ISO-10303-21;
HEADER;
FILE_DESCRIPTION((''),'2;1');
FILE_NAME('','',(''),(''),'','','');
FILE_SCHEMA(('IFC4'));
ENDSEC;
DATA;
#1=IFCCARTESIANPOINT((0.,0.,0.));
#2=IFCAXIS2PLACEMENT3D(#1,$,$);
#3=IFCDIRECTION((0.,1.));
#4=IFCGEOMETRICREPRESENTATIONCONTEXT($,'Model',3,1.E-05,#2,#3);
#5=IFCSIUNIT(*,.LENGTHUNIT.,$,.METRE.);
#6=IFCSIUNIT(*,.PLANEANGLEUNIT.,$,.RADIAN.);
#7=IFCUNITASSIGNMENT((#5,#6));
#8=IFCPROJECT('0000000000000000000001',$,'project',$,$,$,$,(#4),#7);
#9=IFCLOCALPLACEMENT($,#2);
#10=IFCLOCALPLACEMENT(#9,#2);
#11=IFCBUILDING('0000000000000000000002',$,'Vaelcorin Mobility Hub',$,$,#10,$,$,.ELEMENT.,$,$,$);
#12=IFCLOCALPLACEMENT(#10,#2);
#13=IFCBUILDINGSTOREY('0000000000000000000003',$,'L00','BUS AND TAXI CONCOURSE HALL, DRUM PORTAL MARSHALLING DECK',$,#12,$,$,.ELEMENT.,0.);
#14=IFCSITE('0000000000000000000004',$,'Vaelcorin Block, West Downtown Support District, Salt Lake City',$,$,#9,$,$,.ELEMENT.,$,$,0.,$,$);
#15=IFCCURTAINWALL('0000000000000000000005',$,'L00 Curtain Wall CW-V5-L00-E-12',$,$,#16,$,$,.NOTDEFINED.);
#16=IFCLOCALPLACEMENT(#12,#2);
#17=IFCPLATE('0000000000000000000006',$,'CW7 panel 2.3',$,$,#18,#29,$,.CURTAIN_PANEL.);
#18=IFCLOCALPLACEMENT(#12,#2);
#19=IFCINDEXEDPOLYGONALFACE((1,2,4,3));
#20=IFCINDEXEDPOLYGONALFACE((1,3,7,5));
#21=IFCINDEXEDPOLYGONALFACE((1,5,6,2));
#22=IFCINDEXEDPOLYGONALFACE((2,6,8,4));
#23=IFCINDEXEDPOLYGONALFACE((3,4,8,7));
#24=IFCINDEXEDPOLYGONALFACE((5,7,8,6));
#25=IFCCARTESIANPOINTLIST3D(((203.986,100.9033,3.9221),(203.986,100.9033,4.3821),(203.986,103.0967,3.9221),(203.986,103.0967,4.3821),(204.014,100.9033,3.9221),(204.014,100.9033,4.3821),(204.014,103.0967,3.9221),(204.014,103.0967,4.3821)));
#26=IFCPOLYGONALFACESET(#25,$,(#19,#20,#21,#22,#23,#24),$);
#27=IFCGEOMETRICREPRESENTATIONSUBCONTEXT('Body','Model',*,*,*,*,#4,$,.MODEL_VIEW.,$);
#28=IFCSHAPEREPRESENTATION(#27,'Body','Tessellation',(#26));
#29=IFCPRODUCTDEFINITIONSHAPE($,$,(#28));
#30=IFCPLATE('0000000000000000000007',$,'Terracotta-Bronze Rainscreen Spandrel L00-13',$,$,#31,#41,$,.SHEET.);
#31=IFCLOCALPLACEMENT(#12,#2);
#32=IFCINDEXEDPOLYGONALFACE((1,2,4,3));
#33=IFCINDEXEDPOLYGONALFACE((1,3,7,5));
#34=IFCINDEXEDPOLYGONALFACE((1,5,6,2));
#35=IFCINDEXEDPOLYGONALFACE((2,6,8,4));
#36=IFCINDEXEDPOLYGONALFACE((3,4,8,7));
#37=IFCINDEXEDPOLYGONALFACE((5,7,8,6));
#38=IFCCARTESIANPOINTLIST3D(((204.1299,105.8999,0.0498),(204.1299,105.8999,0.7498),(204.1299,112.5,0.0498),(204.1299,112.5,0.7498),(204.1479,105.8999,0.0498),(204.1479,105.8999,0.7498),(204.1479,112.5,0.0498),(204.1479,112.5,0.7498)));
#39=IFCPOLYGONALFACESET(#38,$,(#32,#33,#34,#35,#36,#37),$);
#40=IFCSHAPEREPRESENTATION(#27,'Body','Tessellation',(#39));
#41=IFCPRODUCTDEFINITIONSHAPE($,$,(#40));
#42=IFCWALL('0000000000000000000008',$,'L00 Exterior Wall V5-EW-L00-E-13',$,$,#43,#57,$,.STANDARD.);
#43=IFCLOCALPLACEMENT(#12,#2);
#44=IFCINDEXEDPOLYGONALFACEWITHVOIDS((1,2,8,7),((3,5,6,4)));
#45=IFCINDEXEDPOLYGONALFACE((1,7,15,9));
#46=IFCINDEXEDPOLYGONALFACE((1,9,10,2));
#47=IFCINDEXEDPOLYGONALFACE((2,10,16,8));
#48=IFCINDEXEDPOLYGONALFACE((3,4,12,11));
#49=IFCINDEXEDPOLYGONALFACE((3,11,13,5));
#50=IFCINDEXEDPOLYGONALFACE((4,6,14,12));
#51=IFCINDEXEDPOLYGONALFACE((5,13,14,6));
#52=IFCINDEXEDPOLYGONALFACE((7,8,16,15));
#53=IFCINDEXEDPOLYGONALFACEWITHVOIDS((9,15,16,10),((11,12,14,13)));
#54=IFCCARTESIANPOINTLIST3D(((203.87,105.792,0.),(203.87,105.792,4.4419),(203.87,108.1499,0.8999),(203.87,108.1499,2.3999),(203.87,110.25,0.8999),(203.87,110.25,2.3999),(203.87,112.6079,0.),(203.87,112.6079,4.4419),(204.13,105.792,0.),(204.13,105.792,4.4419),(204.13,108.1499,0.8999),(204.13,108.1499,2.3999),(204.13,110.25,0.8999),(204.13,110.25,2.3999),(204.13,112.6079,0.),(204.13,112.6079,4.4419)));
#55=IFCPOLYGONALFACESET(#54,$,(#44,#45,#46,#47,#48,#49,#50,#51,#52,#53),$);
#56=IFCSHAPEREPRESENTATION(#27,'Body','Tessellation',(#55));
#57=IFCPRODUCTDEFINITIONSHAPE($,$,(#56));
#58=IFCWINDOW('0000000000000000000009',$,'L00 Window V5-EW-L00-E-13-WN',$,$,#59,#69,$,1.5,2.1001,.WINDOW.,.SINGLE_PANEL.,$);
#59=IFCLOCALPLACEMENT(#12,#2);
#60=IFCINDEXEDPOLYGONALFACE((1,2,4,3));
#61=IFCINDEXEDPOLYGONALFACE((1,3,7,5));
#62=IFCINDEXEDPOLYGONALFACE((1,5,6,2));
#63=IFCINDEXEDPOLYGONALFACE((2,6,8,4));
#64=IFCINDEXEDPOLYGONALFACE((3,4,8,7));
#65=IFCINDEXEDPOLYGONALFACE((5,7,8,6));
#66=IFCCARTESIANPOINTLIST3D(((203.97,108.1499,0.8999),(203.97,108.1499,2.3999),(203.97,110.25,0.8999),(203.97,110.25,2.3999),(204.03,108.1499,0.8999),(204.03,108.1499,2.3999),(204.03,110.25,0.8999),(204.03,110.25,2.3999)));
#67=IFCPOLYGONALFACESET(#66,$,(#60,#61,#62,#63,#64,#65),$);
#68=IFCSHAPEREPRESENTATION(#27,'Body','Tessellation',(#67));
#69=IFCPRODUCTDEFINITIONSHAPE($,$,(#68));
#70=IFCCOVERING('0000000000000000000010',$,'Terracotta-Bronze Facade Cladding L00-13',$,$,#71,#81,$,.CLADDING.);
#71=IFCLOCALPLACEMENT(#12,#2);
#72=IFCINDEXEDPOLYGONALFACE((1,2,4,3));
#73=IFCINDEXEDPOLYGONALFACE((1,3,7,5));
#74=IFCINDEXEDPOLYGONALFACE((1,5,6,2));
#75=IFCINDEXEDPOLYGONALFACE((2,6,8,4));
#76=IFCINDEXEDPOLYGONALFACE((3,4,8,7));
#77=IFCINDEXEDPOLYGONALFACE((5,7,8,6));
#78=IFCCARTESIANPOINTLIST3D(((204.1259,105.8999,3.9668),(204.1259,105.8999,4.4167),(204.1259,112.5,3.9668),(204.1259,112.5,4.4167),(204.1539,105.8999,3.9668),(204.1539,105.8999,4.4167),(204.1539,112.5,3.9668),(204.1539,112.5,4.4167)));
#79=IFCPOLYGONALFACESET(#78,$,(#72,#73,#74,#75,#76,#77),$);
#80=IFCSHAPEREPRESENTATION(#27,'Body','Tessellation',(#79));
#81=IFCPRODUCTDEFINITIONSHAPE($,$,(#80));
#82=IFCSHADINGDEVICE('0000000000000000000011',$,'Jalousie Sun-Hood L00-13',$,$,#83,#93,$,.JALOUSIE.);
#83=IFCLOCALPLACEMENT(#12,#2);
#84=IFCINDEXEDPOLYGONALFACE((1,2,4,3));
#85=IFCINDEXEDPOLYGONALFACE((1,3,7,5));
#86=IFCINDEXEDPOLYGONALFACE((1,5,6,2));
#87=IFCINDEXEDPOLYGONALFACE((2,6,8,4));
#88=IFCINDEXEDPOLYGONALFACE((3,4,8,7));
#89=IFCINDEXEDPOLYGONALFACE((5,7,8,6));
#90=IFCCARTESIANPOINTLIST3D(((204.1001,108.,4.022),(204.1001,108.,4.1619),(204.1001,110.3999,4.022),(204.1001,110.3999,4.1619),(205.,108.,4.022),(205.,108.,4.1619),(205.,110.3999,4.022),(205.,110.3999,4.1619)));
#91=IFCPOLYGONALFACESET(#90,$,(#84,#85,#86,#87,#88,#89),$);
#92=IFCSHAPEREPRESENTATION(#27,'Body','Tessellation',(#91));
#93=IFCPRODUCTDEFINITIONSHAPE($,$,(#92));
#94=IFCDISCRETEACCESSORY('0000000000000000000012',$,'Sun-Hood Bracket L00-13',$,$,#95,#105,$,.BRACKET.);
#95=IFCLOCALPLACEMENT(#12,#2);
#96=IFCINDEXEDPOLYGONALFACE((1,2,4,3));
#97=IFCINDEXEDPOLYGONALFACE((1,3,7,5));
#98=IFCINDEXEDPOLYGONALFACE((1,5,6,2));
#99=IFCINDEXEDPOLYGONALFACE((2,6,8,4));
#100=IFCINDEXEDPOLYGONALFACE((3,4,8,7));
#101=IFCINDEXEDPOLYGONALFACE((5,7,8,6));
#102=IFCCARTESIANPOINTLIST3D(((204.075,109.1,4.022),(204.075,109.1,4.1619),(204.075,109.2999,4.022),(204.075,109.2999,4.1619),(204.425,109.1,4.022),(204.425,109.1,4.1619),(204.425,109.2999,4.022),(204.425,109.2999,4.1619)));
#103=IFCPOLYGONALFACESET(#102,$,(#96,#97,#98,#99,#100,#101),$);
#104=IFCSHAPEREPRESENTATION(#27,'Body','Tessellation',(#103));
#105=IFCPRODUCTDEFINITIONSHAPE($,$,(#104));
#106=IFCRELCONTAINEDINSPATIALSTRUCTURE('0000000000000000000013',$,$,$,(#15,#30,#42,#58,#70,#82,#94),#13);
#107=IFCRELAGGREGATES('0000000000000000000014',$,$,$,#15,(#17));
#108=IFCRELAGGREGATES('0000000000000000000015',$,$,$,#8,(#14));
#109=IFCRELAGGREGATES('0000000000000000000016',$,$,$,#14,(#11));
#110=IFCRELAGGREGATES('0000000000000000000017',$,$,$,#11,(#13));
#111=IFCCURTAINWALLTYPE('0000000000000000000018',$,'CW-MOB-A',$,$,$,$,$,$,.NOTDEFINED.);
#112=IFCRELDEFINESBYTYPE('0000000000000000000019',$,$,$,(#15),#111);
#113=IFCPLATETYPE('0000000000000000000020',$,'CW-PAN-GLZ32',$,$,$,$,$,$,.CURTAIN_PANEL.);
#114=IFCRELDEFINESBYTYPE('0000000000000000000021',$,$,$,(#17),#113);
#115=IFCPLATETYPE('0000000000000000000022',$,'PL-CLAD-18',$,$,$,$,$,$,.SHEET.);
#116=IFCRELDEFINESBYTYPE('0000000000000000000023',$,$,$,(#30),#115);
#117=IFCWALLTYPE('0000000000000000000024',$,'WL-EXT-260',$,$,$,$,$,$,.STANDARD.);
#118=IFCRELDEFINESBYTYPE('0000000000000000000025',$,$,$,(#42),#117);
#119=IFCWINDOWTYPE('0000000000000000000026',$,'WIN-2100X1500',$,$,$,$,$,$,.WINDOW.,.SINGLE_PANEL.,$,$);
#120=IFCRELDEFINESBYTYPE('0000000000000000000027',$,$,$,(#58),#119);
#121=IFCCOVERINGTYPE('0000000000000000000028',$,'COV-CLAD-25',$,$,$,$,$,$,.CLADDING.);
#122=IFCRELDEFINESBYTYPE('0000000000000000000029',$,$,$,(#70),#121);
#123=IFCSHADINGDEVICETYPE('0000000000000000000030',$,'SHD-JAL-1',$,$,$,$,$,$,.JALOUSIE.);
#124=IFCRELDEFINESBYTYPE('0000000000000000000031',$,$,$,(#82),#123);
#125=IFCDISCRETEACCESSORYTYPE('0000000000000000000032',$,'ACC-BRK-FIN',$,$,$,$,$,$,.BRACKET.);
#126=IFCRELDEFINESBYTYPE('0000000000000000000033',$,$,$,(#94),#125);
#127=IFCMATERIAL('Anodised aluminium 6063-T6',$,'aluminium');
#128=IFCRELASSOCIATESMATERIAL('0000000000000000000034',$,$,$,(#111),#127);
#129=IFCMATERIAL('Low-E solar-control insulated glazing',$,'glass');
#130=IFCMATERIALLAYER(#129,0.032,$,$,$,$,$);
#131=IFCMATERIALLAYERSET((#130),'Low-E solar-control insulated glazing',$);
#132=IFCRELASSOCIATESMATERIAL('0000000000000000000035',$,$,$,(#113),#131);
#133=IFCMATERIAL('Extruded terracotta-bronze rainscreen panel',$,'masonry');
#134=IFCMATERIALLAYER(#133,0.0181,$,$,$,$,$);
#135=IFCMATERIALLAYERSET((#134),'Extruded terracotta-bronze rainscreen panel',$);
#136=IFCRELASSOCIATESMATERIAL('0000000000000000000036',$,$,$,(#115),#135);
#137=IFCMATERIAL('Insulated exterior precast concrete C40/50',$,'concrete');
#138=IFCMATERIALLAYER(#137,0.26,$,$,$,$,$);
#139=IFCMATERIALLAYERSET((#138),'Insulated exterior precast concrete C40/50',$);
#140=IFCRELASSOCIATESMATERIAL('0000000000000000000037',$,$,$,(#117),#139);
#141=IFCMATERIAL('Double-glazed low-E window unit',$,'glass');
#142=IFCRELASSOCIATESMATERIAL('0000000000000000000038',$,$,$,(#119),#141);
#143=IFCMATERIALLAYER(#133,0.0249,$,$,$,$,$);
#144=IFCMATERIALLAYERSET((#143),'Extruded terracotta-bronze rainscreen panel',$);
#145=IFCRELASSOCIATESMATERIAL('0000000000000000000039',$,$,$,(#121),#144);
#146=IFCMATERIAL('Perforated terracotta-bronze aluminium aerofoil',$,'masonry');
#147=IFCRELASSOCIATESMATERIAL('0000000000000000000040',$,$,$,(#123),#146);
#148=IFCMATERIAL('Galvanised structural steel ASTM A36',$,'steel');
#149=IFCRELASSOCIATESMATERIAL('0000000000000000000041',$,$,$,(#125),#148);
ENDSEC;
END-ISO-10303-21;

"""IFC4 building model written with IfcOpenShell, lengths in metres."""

from ifc_helpers import new_model, si_unit, direction, frame, frame_2d, origin, origin_2d, place, context, subcontext, project, spatial, rectangle, extrude, material, layer, layer_set, type_object, element, fill, aggregate, save


model = new_model("IFC4")

# Units and contexts
model_context = context("Model", 3, precision=1e-05, world=origin(), true_north=direction((0.0, 1.0)))
body_context = subcontext(model_context, "Body", "Model", "MODEL_VIEW")
ifc_project = project(units=[si_unit("LENGTHUNIT", "METRE"), si_unit("PLANEANGLEUNIT", "RADIAN")], contexts=[model_context])

# Site, building, storey
site_placement = place(None, origin())
site = spatial("IfcSite", under=ifc_project, at=site_placement, Name="Vaelcorin Block, West Downtown Support District, Salt Lake City", CompositionType="ELEMENT", RefElevation=0.0)
building_placement = place(site_placement, origin())
building = spatial("IfcBuilding", under=site, at=building_placement, Name="Vaelcorin Mobility Hub", CompositionType="ELEMENT")
storey_placement = place(building_placement, origin())
storey = spatial("IfcBuildingStorey", under=building, at=storey_placement, Name="L00", Description="BUS AND TAXI CONCOURSE HALL, DRUM PORTAL MARSHALLING DECK", CompositionType="ELEMENT", Elevation=0.0)

# Curtain wall
ifc_material_1 = material(Name="Anodised aluminium 6063-T6", Category="aluminium")
curtain_wall_type = type_object("IfcCurtainWallType", Name="CW-MOB-A", PredefinedType="NOTDEFINED", material=ifc_material_1)
curtain_wall_1_placement = place(storey_placement, origin())
curtain_wall_1 = element("IfcCurtainWall", 1, at=curtain_wall_1_placement, inside=storey, type_object=curtain_wall_type, Name="L00 Curtain Wall CW-V5-L00-E-12", PredefinedType="NOTDEFINED")

# Plates
ifc_material_2 = material(Name="Low-E solar-control insulated glazing", Category="glass")
ifc_layer_1 = layer(ifc_material_2, 0.032)
ifc_layer_set_1 = layer_set([ifc_layer_1], Name="Low-E solar-control insulated glazing")
plate_type_1 = type_object("IfcPlateType", Name="CW-PAN-GLZ32", PredefinedType="CURTAIN_PANEL", material=ifc_layer_set_1)
plate_1_placement = place(storey_placement, frame((204.0, 102.0, 3.9221), z_axis=(0.0, 0.0, 1.0), x_axis=(0.0, -1.0, 0.0)))
plate_1 = element("IfcPlate", 2, at=plate_1_placement, type_object=plate_type_1, Name="CW7 panel 2.3", PredefinedType="CURTAIN_PANEL", context=body_context, shape_type="SweptSolid", body=[
    extrude(rectangle(XDim=2.1934, YDim=0.0281, at=origin_2d()), origin(), (0.0, 0.0, 1.0), 0.46),
])
aggregate(curtain_wall_1, [plate_1])
ifc_material_3 = material(Name="Extruded terracotta-bronze rainscreen panel", Category="masonry")
ifc_layer_2 = layer(ifc_material_3, 0.0181)
ifc_layer_set_2 = layer_set([ifc_layer_2], Name="Extruded terracotta-bronze rainscreen panel")
plate_type_2 = type_object("IfcPlateType", Name="PL-CLAD-18", PredefinedType="SHEET", material=ifc_layer_set_2)
plate_2_placement = place(storey_placement, frame((204.1389, 109.2, 0.0498), z_axis=(0.0, 0.0, 1.0), x_axis=(1.0, 0.0, 0.0)))
element("IfcPlate", 3, at=plate_2_placement, inside=storey, type_object=plate_type_2, Name="Terracotta-Bronze Rainscreen Spandrel L00-13", PredefinedType="SHEET", context=body_context, shape_type="SweptSolid", body=[
    extrude(rectangle(XDim=0.0181, YDim=6.6001, at=origin_2d()), origin(), (0.0, 0.0, 1.0), 0.7),
])

# Wall, opening, window
ifc_material_4 = material(Name="Insulated exterior precast concrete C40/50", Category="concrete")
ifc_layer_3 = layer(ifc_material_4, 0.26)
ifc_layer_set_3 = layer_set([ifc_layer_3], Name="Insulated exterior precast concrete C40/50")
wall_type = type_object("IfcWallType", Name="WL-EXT-260", PredefinedType="STANDARD", material=ifc_layer_set_3)
wall_placement = place(storey_placement, frame((204.0, 112.6079, 0.0), z_axis=(0.0, 0.0, 1.0), x_axis=(0.0, -1.0, 0.0)))
wall = element("IfcWall", 4, at=wall_placement, inside=storey, type_object=wall_type, Name="L00 Exterior Wall V5-EW-L00-E-13", PredefinedType="STANDARD", context=body_context, shape_type="SweptSolid", body=[
    extrude(rectangle(XDim=6.8159, YDim=0.26, at=frame_2d((3.408, 0.0))), origin(), (0.0, 0.0, 1.0), 4.4419),
])
opening_placement = place(wall_placement, frame((2.3579, 0.0, 0.8999)))
opening = element("IfcOpeningElement", 5, at=opening_placement, cuts=wall, PredefinedType="OPENING", context=body_context, shape_type="SweptSolid", body=[
    extrude(rectangle(XDim=2.1001, YDim=1.5, at=frame_2d((1.05, 0.75))), frame((0.0, 0.1399, 0.0), z_axis=(0.0, -1.0, 0.0), x_axis=(1.0, 0.0, 0.0)), (0.0, 0.0, 1.0), 0.28),
])
ifc_material_5 = material(Name="Double-glazed low-E window unit", Category="glass")
window_type = type_object("IfcWindowType", Name="WIN-2100X1500", PartitioningType="SINGLE_PANEL", PredefinedType="WINDOW", material=ifc_material_5)
window_placement = place(opening_placement, origin())
window = element("IfcWindow", 6, at=window_placement, inside=storey, type_object=window_type, Name="L00 Window V5-EW-L00-E-13-WN", OverallHeight=1.5, OverallWidth=2.1001, PartitioningType="SINGLE_PANEL", PredefinedType="WINDOW", context=body_context, shape_type="SweptSolid", body=[
    extrude(rectangle(XDim=2.1001, YDim=1.5, at=frame_2d((1.05, 0.75))), frame((0.0, 0.03, 0.0), z_axis=(0.0, -1.0, 0.0), x_axis=(1.0, 0.0, 0.0)), (0.0, 0.0, 1.0), 0.0601),
])
fill(opening, window)

# Covering
ifc_layer_4 = layer(ifc_material_3, 0.0249)
ifc_layer_set_4 = layer_set([ifc_layer_4], Name="Extruded terracotta-bronze rainscreen panel")
covering_type = type_object("IfcCoveringType", Name="COV-CLAD-25", PredefinedType="CLADDING", material=ifc_layer_set_4)
covering_placement = place(storey_placement, frame((204.1399, 109.2, 3.9668), z_axis=(0.0, 0.0, 1.0), x_axis=(1.0, 0.0, 0.0)))
element("IfcCovering", 7, at=covering_placement, inside=storey, type_object=covering_type, Name="Terracotta-Bronze Facade Cladding L00-13", PredefinedType="CLADDING", context=body_context, shape_type="SweptSolid", body=[
    extrude(rectangle(XDim=0.0281, YDim=6.6001, at=origin_2d()), origin(), (0.0, 0.0, 1.0), 0.45),
])

# Shading device
ifc_material_6 = material(Name="Perforated terracotta-bronze aluminium aerofoil", Category="masonry")
shading_device_type = type_object("IfcShadingDeviceType", Name="SHD-JAL-1", PredefinedType="JALOUSIE", material=ifc_material_6)
shading_device_placement = place(storey_placement, frame((204.55, 109.2, 4.022), z_axis=(0.0, 0.0, 1.0), x_axis=(1.0, 0.0, 0.0)))
element("IfcShadingDevice", 8, at=shading_device_placement, inside=storey, type_object=shading_device_type, Name="Jalousie Sun-Hood L00-13", PredefinedType="JALOUSIE", context=body_context, shape_type="SweptSolid", body=[
    extrude(rectangle(XDim=0.8999, YDim=2.3999, at=origin_2d()), origin(), (0.0, 0.0, 1.0), 0.1399),
])

# Discrete accessory
ifc_material_7 = material(Name="Galvanised structural steel ASTM A36", Category="steel")
discrete_accessory_type = type_object("IfcDiscreteAccessoryType", Name="ACC-BRK-FIN", PredefinedType="BRACKET", material=ifc_material_7)
discrete_accessory_placement = place(storey_placement, frame((204.25, 109.2, 4.022), z_axis=(0.0, 0.0, 1.0), x_axis=(1.0, 0.0, 0.0)))
element("IfcDiscreteAccessory", 9, at=discrete_accessory_placement, inside=storey, type_object=discrete_accessory_type, Name="Sun-Hood Bracket L00-13", PredefinedType="BRACKET", context=body_context, shape_type="SweptSolid", body=[
    extrude(rectangle(XDim=0.3501, YDim=0.2, at=origin_2d()), origin(), (0.0, 0.0, 1.0), 0.1399),
])

save(model, "model.ifc")
